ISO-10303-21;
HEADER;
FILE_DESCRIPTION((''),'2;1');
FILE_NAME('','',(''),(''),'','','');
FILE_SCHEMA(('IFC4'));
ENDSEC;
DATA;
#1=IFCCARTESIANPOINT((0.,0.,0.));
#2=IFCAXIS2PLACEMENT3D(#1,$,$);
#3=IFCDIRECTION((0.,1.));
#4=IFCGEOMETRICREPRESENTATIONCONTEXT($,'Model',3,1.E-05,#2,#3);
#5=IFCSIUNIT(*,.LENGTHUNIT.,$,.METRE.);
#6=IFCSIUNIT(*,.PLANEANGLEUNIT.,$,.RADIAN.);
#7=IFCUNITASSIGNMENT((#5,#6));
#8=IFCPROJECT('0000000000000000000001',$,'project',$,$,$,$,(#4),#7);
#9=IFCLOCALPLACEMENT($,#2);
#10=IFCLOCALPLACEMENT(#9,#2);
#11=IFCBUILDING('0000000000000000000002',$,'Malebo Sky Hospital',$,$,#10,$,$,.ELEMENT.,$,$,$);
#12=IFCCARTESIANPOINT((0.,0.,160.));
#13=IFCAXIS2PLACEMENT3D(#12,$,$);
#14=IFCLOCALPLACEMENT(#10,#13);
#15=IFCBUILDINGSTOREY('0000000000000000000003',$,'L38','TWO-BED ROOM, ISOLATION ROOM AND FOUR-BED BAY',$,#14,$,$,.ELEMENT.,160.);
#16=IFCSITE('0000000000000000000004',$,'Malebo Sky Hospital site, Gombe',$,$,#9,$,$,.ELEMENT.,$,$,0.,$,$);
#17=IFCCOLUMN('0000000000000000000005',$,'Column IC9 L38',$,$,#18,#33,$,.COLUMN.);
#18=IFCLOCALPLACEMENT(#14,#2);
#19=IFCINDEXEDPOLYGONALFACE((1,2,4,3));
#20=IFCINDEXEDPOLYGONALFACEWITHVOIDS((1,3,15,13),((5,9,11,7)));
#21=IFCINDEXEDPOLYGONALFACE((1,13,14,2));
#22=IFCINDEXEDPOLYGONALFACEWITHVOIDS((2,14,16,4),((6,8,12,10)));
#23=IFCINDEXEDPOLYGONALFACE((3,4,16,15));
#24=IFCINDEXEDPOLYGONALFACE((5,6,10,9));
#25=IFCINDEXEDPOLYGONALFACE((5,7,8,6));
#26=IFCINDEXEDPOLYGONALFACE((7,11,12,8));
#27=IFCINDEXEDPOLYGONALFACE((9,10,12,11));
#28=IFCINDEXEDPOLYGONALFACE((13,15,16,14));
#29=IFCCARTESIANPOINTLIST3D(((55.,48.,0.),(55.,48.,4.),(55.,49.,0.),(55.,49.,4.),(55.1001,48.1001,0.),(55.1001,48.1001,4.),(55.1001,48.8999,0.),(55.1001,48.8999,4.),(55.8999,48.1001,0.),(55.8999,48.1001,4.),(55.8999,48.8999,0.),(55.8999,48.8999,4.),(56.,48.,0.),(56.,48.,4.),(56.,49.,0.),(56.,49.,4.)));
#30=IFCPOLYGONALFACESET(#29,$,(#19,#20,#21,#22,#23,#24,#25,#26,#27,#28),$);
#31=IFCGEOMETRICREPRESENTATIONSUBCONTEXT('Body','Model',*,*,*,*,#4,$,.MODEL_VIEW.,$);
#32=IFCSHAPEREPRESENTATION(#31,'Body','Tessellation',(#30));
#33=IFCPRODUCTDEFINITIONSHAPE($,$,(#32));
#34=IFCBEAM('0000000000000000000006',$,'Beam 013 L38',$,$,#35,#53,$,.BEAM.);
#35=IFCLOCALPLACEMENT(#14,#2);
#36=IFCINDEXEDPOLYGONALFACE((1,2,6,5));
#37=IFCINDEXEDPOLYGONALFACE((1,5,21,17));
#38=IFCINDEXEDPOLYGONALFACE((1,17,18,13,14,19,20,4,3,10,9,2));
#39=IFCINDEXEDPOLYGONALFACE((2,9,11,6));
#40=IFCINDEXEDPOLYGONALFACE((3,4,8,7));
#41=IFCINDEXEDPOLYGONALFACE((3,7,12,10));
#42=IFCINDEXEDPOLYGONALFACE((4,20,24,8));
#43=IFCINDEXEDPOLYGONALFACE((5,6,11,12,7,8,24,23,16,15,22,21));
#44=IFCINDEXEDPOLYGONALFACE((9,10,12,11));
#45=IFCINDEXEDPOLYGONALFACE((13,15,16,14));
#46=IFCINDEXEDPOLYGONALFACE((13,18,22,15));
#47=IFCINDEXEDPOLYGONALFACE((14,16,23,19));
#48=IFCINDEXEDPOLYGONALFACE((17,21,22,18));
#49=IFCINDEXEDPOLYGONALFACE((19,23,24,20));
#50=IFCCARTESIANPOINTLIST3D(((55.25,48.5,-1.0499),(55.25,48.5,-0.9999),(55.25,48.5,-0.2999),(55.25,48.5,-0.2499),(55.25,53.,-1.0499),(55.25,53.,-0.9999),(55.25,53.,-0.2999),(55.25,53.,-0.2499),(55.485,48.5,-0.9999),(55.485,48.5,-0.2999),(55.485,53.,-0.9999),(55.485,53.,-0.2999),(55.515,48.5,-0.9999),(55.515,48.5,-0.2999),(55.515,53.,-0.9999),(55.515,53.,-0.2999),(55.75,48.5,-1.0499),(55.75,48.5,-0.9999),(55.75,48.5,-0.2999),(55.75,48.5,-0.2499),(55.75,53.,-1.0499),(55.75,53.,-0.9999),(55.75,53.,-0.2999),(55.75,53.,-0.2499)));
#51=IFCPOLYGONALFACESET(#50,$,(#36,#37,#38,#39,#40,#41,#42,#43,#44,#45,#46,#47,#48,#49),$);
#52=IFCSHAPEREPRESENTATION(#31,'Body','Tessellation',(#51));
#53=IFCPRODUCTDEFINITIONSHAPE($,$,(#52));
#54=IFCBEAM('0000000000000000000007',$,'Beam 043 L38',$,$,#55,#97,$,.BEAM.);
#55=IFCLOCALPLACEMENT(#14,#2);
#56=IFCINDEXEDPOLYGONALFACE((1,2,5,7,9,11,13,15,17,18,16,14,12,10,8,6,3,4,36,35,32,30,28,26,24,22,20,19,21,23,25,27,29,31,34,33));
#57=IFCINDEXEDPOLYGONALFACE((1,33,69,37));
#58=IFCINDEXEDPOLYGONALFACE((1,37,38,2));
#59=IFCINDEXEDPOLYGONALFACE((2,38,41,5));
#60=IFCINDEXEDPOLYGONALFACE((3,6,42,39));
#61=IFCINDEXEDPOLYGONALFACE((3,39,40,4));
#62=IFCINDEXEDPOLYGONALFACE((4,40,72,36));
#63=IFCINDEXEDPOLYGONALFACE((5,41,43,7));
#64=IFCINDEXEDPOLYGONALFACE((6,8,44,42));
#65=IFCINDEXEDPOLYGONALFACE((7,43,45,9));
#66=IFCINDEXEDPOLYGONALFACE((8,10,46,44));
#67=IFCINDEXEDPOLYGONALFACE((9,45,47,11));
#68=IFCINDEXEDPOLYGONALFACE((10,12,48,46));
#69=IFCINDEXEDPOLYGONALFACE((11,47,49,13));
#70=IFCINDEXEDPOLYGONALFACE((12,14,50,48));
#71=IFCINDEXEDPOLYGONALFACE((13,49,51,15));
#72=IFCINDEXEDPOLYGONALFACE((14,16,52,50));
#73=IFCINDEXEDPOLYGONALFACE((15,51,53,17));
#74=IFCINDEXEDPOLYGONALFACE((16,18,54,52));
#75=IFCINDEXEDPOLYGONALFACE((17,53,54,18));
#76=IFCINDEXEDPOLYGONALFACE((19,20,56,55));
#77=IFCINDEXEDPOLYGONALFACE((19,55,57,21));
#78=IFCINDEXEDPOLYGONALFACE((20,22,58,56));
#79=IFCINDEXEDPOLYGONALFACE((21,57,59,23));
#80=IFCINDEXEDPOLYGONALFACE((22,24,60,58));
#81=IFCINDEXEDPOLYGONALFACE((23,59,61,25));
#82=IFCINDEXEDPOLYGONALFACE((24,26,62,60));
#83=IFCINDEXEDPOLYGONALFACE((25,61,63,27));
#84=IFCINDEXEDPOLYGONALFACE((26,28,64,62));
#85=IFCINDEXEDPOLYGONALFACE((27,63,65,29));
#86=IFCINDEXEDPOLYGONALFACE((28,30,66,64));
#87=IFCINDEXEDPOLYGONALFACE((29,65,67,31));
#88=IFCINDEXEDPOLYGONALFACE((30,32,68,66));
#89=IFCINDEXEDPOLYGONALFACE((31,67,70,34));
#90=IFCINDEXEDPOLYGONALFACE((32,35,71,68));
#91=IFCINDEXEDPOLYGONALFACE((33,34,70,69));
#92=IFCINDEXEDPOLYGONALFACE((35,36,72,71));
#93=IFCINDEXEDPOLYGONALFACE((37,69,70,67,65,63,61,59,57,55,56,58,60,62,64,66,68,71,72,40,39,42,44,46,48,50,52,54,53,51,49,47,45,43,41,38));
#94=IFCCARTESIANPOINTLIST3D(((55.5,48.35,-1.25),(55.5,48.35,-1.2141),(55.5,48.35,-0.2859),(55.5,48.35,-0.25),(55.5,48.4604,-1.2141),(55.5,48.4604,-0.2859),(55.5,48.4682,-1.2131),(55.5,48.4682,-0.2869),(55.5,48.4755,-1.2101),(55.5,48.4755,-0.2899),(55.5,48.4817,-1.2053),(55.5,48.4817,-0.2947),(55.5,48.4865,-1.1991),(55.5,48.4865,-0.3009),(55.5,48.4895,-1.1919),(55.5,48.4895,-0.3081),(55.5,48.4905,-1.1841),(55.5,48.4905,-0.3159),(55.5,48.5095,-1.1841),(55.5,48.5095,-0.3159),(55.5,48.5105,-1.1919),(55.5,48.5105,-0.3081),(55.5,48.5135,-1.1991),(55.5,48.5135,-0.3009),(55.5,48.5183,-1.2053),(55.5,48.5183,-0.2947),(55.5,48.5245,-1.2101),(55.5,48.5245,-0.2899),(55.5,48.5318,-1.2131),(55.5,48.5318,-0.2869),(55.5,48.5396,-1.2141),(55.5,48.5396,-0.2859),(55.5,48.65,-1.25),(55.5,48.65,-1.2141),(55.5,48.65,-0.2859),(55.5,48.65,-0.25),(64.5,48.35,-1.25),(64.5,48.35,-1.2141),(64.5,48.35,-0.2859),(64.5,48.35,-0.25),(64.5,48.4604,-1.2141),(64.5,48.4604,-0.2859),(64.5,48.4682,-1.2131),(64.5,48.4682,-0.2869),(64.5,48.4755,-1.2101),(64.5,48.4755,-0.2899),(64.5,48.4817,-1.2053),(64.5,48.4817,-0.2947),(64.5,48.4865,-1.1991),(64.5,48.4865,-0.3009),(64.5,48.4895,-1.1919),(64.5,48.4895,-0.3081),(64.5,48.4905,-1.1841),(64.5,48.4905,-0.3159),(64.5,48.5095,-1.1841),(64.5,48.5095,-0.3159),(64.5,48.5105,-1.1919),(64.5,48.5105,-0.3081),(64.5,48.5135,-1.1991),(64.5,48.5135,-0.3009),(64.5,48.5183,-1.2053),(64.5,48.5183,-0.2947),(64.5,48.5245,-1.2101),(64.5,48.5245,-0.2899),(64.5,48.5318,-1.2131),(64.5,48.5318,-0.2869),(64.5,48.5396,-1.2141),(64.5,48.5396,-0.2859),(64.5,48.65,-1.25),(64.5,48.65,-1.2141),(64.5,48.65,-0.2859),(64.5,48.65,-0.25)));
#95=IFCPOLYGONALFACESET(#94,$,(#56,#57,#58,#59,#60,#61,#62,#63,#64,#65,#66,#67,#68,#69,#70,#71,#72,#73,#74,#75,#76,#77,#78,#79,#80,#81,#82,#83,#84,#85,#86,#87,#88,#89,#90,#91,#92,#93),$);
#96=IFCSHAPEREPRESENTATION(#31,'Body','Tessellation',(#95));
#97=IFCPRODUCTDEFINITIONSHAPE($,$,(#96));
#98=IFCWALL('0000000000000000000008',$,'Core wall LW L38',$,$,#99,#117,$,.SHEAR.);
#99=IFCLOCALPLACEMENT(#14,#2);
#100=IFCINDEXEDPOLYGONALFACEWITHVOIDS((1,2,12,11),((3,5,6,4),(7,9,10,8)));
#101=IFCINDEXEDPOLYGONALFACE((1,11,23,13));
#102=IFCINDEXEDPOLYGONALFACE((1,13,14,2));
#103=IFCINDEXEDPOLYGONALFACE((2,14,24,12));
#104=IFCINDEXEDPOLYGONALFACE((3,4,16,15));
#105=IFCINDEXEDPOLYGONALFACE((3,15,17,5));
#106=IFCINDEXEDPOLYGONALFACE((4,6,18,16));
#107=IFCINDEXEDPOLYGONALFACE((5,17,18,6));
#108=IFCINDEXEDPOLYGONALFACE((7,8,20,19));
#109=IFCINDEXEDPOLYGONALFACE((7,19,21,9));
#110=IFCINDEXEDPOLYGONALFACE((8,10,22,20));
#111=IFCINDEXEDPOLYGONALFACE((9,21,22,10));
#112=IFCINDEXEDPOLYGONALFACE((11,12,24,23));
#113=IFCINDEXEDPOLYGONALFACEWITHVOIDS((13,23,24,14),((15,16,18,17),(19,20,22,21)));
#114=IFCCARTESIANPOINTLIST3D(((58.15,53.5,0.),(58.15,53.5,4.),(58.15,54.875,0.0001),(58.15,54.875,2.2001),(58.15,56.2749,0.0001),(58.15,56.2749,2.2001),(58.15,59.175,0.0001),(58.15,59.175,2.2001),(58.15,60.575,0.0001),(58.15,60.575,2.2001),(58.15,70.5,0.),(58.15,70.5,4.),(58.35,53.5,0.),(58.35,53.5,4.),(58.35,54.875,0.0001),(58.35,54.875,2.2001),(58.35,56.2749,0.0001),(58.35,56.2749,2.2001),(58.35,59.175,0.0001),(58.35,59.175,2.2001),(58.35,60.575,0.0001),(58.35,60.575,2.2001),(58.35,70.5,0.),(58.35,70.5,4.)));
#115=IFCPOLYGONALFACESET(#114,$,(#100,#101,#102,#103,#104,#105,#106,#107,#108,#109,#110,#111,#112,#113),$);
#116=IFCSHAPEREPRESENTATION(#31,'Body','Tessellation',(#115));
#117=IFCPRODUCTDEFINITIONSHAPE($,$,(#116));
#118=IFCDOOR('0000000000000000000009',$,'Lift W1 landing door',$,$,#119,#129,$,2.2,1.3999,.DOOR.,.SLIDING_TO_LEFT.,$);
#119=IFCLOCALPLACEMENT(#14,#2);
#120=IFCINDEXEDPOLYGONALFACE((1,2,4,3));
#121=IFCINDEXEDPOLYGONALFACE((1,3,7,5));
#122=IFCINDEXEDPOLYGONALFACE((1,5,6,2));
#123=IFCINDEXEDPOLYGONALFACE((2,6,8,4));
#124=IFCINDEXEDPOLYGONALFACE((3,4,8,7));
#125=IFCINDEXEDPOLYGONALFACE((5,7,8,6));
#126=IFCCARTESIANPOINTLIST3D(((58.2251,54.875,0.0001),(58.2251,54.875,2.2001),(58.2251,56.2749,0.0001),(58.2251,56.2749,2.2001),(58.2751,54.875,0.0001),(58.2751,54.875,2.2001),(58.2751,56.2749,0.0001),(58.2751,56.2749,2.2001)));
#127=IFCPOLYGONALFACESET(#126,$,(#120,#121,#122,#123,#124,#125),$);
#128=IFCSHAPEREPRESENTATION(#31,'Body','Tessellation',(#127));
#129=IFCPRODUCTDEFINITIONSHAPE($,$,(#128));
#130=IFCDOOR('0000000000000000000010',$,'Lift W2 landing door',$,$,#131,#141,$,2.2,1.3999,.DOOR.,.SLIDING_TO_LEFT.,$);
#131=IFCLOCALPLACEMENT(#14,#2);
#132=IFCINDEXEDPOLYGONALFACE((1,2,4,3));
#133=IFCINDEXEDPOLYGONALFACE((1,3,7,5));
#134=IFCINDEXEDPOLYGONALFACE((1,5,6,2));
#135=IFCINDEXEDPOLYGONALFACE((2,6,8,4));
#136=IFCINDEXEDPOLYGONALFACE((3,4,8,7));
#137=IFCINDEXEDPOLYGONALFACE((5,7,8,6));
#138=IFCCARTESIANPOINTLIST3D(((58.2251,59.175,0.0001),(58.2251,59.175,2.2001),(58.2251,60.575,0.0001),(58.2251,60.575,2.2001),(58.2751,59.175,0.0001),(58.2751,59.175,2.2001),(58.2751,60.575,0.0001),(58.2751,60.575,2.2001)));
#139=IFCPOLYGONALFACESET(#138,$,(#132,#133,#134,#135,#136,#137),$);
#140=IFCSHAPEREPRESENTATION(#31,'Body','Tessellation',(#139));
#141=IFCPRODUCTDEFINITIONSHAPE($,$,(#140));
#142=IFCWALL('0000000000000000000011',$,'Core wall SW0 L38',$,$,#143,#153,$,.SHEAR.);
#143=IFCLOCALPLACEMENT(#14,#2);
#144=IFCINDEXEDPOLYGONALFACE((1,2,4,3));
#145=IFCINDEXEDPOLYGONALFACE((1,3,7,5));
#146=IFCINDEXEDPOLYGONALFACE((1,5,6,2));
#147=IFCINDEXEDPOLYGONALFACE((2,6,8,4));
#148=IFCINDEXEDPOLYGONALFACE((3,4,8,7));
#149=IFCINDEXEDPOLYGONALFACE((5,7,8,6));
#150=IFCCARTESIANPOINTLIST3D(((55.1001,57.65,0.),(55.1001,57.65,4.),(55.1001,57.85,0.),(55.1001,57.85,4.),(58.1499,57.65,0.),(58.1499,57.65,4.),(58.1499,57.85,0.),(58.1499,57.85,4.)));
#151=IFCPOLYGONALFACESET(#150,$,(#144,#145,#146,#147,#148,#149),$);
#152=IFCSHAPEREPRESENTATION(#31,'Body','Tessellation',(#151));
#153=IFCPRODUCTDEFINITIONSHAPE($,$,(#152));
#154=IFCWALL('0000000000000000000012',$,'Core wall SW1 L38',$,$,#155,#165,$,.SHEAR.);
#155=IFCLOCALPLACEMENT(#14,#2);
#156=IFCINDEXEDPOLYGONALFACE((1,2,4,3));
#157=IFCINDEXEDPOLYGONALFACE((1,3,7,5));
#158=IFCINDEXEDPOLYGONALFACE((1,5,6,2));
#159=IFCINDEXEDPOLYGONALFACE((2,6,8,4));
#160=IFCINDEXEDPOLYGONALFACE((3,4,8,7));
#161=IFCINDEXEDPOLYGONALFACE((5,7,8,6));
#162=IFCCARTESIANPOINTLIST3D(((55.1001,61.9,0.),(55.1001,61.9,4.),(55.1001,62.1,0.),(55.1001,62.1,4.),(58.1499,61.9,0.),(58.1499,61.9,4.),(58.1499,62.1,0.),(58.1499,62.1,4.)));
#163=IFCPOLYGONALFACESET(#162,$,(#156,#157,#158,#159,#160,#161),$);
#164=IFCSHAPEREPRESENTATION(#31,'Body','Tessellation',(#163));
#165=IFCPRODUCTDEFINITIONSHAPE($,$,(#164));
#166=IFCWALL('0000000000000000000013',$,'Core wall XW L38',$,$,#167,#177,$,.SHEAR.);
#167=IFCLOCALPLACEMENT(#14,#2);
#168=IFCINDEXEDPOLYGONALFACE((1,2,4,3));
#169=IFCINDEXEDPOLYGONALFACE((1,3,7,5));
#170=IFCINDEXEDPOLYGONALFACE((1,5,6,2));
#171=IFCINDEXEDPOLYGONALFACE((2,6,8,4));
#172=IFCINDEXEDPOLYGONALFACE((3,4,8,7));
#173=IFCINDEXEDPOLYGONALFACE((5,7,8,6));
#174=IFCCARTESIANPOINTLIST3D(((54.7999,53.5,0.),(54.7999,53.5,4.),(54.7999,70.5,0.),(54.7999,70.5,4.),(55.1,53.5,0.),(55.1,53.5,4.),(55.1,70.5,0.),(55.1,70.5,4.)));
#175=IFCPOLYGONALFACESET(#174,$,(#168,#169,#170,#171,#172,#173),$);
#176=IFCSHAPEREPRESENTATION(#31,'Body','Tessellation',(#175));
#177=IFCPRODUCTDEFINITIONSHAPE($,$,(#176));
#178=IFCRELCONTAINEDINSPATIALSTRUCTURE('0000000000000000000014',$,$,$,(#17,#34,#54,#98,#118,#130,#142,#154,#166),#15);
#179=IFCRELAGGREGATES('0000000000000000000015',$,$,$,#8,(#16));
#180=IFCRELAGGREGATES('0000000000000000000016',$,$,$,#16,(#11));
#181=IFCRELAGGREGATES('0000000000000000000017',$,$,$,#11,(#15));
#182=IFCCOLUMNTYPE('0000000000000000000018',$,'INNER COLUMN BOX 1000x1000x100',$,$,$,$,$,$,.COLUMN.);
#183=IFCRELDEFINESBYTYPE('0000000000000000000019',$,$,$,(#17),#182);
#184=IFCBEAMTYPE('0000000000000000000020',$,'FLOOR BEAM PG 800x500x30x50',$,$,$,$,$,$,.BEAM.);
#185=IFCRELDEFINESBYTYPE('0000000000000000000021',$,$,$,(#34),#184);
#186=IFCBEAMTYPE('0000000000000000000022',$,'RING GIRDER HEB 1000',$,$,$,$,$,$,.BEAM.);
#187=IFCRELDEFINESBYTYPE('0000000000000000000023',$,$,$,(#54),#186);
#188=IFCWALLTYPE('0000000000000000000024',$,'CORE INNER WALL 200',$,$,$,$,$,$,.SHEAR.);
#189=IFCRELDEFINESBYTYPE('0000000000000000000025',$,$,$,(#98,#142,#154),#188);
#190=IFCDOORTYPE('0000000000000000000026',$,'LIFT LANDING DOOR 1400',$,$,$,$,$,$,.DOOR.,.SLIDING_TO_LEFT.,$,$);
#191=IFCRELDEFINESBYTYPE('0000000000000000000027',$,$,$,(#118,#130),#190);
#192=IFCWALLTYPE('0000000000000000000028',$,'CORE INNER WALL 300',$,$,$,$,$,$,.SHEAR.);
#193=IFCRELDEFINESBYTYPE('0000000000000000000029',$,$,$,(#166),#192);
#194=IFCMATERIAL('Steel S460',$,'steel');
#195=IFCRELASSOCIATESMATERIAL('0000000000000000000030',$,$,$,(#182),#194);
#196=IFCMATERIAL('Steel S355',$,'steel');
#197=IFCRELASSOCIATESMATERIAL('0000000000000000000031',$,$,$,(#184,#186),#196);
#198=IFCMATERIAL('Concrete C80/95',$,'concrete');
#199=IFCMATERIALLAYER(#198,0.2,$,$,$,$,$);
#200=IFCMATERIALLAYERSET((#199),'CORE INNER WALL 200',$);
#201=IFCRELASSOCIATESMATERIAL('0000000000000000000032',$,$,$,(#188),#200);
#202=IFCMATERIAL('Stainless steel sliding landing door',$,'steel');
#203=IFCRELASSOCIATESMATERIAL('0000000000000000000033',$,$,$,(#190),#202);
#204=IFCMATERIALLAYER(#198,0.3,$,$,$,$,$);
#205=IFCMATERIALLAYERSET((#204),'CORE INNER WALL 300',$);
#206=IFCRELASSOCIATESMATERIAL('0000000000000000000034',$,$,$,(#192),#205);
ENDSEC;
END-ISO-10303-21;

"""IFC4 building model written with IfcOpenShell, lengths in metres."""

from ifc_helpers import new_model, si_unit, direction, frame, frame_2d, origin, origin_2d, place, context, subcontext, project, spatial, rectangle, hollow_rectangle, i_section, extrude, material, layer, layer_set, material_profile, profile_set, type_object, element, fill, save


model = new_model("IFC4")

# Units and contexts
model_context = context("Model", 3, precision=1e-05, world=origin(), true_north=direction((0.0, 1.0)))
body_context = subcontext(model_context, "Body", "Model", "MODEL_VIEW")
ifc_project = project(units=[si_unit("LENGTHUNIT", "METRE"), si_unit("PLANEANGLEUNIT", "RADIAN")], contexts=[model_context])

# Site, building, storey
site_placement = place(None, origin())
site = spatial("IfcSite", under=ifc_project, at=site_placement, Name="Malebo Sky Hospital site, Gombe", CompositionType="ELEMENT", RefElevation=0.0)
building_placement = place(site_placement, origin())
building = spatial("IfcBuilding", under=site, at=building_placement, Name="Malebo Sky Hospital", CompositionType="ELEMENT")
storey_placement = place(building_placement, frame((0.0, 0.0, 160.0)))
storey = spatial("IfcBuildingStorey", under=building, at=storey_placement, Name="L38", Description="TWO-BED ROOM, ISOLATION ROOM AND FOUR-BED BAY", CompositionType="ELEMENT", Elevation=160.0)

# Column
ifc_material_1 = material(Name="Steel S460", Category="steel")
ifc_material_profile_1 = material_profile(ifc_material_1, hollow_rectangle(XDim=1.0, YDim=1.0, WallThickness=0.1001, at=origin_2d()), Name="BOX 1000x1000x100")
ifc_profile_set_1 = profile_set([ifc_material_profile_1], Name="Steel S460")
column_type = type_object("IfcColumnType", Name="INNER COLUMN BOX 1000x1000x100", PredefinedType="COLUMN", material=ifc_profile_set_1)
column_placement = place(storey_placement, frame((55.5, 48.5, 0.0), z_axis=(0.0, 0.0, 1.0), x_axis=(1.0, 0.0, 0.0)))
element("IfcColumn", 1, at=column_placement, inside=storey, type_object=column_type, Name="Column IC9 L38", PredefinedType="COLUMN", context=body_context, shape_type="SweptSolid", body=[
    extrude(hollow_rectangle(XDim=1.0, YDim=1.0, WallThickness=0.1001, at=origin_2d()), origin(), (0.0, 0.0, 1.0), 4.0),
])

# Beams
ifc_material_2 = material(Name="Steel S355", Category="steel")
ifc_material_profile_2 = material_profile(ifc_material_2, i_section(OverallWidth=0.5, OverallDepth=0.8, WebThickness=0.03, FlangeThickness=0.05, at=origin_2d()), Name="PG 800x500x30x50")
ifc_profile_set_2 = profile_set([ifc_material_profile_2], Name="Steel S355")
beam_type_1 = type_object("IfcBeamType", Name="FLOOR BEAM PG 800x500x30x50", PredefinedType="BEAM", material=ifc_profile_set_2)
beam_1_placement = place(storey_placement, frame((55.5, 48.5, -0.6499), z_axis=(0.0, 1.0, 0.0), x_axis=(-1.0, 0.0, 0.0)))
element("IfcBeam", 2, at=beam_1_placement, inside=storey, type_object=beam_type_1, Name="Beam 013 L38", PredefinedType="BEAM", context=body_context, shape_type="SweptSolid", body=[
    extrude(i_section(OverallWidth=0.5, OverallDepth=0.8, WebThickness=0.03, FlangeThickness=0.05, at=origin_2d()), origin(), (0.0, 0.0, 1.0), 4.5),
])
ifc_material_profile_3 = material_profile(ifc_material_2, i_section(OverallWidth=0.3, OverallDepth=1.0, WebThickness=0.019, FlangeThickness=0.0359, FilletRadius=0.03, at=origin_2d()), Name="HEB 1000")
ifc_profile_set_3 = profile_set([ifc_material_profile_3], Name="Steel S355")
beam_type_2 = type_object("IfcBeamType", Name="RING GIRDER HEB 1000", PredefinedType="BEAM", material=ifc_profile_set_3)
beam_2_placement = place(storey_placement, frame((55.5, 48.5, -0.75), z_axis=(1.0, 0.0, 0.0), x_axis=(0.0, 1.0, 0.0)))
element("IfcBeam", 3, at=beam_2_placement, inside=storey, type_object=beam_type_2, Name="Beam 043 L38", PredefinedType="BEAM", context=body_context, shape_type="SweptSolid", body=[
    extrude(i_section(OverallWidth=0.3, OverallDepth=1.0, WebThickness=0.019, FlangeThickness=0.0359, FilletRadius=0.03, at=origin_2d()), origin(), (0.0, 0.0, 1.0), 9.0),
])

# Wall, openings, doors
ifc_material_3 = material(Name="Concrete C80/95", Category="concrete")
ifc_layer_1 = layer(ifc_material_3, 0.2)
ifc_layer_set_1 = layer_set([ifc_layer_1], Name="CORE INNER WALL 200")
wall_type_1 = type_object("IfcWallType", Name="CORE INNER WALL 200", PredefinedType="SHEAR", material=ifc_layer_set_1)
wall_1_placement = place(storey_placement, frame((58.25, 53.5, 0.0), z_axis=(0.0, 0.0, 1.0), x_axis=(0.0, 1.0, 0.0)))
wall_1 = element("IfcWall", 4, at=wall_1_placement, inside=storey, type_object=wall_type_1, Name="Core wall LW L38", PredefinedType="SHEAR", context=body_context, shape_type="SweptSolid", body=[
    extrude(rectangle(XDim=17.0, YDim=0.2, at=frame_2d((8.5, 0.0))), origin(), (0.0, 0.0, 1.0), 4.0),
])
opening_1_placement = place(wall_1_placement, frame((1.375, 0.0, 0.0)))
opening_1 = element("IfcOpeningElement", 5, at=opening_1_placement, cuts=wall_1, PredefinedType="OPENING", context=body_context, shape_type="SweptSolid", body=[
    extrude(rectangle(XDim=1.3999, YDim=2.2, at=frame_2d((0.7, 1.1001))), frame((0.0, 0.1099, 0.0), z_axis=(0.0, -1.0, 0.0), x_axis=(1.0, 0.0, 0.0)), (0.0, 0.0, 1.0), 0.22),
])
opening_2_placement = place(wall_1_placement, frame((5.675, 0.0, 0.0)))
opening_2 = element("IfcOpeningElement", 6, at=opening_2_placement, cuts=wall_1, PredefinedType="OPENING", context=body_context, shape_type="SweptSolid", body=[
    extrude(rectangle(XDim=1.3999, YDim=2.2, at=frame_2d((0.7, 1.1001))), frame((0.0, 0.1099, 0.0), z_axis=(0.0, -1.0, 0.0), x_axis=(1.0, 0.0, 0.0)), (0.0, 0.0, 1.0), 0.22),
])
ifc_material_4 = material(Name="Stainless steel sliding landing door", Category="steel")
door_type_1 = type_object("IfcDoorType", Name="LIFT LANDING DOOR 1400", OperationType="SLIDING_TO_LEFT", PredefinedType="DOOR", material=ifc_material_4)
door_1_placement = place(opening_1_placement, origin())
door_1 = element("IfcDoor", 7, at=door_1_placement, inside=storey, type_object=door_type_1, Name="Lift W1 landing door", OperationType="SLIDING_TO_LEFT", OverallHeight=2.2, OverallWidth=1.3999, PredefinedType="DOOR", context=body_context, shape_type="SweptSolid", body=[
    extrude(rectangle(XDim=1.3999, YDim=2.2, at=frame_2d((0.7, 1.1001))), frame((0.0, 0.0249, 0.0), z_axis=(0.0, -1.0, 0.0), x_axis=(1.0, 0.0, 0.0)), (0.0, 0.0, 1.0), 0.05),
])
fill(opening_1, door_1)
door_2_placement = place(opening_2_placement, origin())
door_2 = element("IfcDoor", 8, at=door_2_placement, inside=storey, type_object=door_type_1, Name="Lift W2 landing door", OperationType="SLIDING_TO_LEFT", OverallHeight=2.2, OverallWidth=1.3999, PredefinedType="DOOR", context=body_context, shape_type="SweptSolid", body=[
    extrude(rectangle(XDim=1.3999, YDim=2.2, at=frame_2d((0.7, 1.1001))), frame((0.0, 0.0249, 0.0), z_axis=(0.0, -1.0, 0.0), x_axis=(1.0, 0.0, 0.0)), (0.0, 0.0, 1.0), 0.05),
])
fill(opening_2, door_2)

# Walls
for number, where, z_axis, x_axis, name in (
    (9, (55.1001, 57.75, 0.0), (0.0, 0.0, 1.0), (1.0, 0.0, 0.0), "Core wall SW0 L38"),
    (10, (55.1001, 62.0, 0.0), (0.0, 0.0, 1.0), (1.0, 0.0, 0.0), "Core wall SW1 L38"),
):
    element("IfcWall", number, at=place(storey_placement, frame(where, z_axis=z_axis, x_axis=x_axis)), inside=storey, type_object=wall_type_1, Name=name, PredefinedType="SHEAR", context=body_context, shape_type="SweptSolid", body=[
        extrude(rectangle(XDim=3.0498, YDim=0.2, at=frame_2d((1.5249, 0.0))), origin(), (0.0, 0.0, 1.0), 4.0),
    ])
ifc_layer_2 = layer(ifc_material_3, 0.3)
ifc_layer_set_2 = layer_set([ifc_layer_2], Name="CORE INNER WALL 300")
wall_type_2 = type_object("IfcWallType", Name="CORE INNER WALL 300", PredefinedType="SHEAR", material=ifc_layer_set_2)
wall_2_placement = place(storey_placement, frame((54.95, 53.5, 0.0), z_axis=(0.0, 0.0, 1.0), x_axis=(0.0, 1.0, 0.0)))
element("IfcWall", 11, at=wall_2_placement, inside=storey, type_object=wall_type_2, Name="Core wall XW L38", PredefinedType="SHEAR", context=body_context, shape_type="SweptSolid", body=[
    extrude(rectangle(XDim=17.0, YDim=0.3, at=frame_2d((8.5, 0.0))), origin(), (0.0, 0.0, 1.0), 4.0),
])

save(model, "model.ifc")
